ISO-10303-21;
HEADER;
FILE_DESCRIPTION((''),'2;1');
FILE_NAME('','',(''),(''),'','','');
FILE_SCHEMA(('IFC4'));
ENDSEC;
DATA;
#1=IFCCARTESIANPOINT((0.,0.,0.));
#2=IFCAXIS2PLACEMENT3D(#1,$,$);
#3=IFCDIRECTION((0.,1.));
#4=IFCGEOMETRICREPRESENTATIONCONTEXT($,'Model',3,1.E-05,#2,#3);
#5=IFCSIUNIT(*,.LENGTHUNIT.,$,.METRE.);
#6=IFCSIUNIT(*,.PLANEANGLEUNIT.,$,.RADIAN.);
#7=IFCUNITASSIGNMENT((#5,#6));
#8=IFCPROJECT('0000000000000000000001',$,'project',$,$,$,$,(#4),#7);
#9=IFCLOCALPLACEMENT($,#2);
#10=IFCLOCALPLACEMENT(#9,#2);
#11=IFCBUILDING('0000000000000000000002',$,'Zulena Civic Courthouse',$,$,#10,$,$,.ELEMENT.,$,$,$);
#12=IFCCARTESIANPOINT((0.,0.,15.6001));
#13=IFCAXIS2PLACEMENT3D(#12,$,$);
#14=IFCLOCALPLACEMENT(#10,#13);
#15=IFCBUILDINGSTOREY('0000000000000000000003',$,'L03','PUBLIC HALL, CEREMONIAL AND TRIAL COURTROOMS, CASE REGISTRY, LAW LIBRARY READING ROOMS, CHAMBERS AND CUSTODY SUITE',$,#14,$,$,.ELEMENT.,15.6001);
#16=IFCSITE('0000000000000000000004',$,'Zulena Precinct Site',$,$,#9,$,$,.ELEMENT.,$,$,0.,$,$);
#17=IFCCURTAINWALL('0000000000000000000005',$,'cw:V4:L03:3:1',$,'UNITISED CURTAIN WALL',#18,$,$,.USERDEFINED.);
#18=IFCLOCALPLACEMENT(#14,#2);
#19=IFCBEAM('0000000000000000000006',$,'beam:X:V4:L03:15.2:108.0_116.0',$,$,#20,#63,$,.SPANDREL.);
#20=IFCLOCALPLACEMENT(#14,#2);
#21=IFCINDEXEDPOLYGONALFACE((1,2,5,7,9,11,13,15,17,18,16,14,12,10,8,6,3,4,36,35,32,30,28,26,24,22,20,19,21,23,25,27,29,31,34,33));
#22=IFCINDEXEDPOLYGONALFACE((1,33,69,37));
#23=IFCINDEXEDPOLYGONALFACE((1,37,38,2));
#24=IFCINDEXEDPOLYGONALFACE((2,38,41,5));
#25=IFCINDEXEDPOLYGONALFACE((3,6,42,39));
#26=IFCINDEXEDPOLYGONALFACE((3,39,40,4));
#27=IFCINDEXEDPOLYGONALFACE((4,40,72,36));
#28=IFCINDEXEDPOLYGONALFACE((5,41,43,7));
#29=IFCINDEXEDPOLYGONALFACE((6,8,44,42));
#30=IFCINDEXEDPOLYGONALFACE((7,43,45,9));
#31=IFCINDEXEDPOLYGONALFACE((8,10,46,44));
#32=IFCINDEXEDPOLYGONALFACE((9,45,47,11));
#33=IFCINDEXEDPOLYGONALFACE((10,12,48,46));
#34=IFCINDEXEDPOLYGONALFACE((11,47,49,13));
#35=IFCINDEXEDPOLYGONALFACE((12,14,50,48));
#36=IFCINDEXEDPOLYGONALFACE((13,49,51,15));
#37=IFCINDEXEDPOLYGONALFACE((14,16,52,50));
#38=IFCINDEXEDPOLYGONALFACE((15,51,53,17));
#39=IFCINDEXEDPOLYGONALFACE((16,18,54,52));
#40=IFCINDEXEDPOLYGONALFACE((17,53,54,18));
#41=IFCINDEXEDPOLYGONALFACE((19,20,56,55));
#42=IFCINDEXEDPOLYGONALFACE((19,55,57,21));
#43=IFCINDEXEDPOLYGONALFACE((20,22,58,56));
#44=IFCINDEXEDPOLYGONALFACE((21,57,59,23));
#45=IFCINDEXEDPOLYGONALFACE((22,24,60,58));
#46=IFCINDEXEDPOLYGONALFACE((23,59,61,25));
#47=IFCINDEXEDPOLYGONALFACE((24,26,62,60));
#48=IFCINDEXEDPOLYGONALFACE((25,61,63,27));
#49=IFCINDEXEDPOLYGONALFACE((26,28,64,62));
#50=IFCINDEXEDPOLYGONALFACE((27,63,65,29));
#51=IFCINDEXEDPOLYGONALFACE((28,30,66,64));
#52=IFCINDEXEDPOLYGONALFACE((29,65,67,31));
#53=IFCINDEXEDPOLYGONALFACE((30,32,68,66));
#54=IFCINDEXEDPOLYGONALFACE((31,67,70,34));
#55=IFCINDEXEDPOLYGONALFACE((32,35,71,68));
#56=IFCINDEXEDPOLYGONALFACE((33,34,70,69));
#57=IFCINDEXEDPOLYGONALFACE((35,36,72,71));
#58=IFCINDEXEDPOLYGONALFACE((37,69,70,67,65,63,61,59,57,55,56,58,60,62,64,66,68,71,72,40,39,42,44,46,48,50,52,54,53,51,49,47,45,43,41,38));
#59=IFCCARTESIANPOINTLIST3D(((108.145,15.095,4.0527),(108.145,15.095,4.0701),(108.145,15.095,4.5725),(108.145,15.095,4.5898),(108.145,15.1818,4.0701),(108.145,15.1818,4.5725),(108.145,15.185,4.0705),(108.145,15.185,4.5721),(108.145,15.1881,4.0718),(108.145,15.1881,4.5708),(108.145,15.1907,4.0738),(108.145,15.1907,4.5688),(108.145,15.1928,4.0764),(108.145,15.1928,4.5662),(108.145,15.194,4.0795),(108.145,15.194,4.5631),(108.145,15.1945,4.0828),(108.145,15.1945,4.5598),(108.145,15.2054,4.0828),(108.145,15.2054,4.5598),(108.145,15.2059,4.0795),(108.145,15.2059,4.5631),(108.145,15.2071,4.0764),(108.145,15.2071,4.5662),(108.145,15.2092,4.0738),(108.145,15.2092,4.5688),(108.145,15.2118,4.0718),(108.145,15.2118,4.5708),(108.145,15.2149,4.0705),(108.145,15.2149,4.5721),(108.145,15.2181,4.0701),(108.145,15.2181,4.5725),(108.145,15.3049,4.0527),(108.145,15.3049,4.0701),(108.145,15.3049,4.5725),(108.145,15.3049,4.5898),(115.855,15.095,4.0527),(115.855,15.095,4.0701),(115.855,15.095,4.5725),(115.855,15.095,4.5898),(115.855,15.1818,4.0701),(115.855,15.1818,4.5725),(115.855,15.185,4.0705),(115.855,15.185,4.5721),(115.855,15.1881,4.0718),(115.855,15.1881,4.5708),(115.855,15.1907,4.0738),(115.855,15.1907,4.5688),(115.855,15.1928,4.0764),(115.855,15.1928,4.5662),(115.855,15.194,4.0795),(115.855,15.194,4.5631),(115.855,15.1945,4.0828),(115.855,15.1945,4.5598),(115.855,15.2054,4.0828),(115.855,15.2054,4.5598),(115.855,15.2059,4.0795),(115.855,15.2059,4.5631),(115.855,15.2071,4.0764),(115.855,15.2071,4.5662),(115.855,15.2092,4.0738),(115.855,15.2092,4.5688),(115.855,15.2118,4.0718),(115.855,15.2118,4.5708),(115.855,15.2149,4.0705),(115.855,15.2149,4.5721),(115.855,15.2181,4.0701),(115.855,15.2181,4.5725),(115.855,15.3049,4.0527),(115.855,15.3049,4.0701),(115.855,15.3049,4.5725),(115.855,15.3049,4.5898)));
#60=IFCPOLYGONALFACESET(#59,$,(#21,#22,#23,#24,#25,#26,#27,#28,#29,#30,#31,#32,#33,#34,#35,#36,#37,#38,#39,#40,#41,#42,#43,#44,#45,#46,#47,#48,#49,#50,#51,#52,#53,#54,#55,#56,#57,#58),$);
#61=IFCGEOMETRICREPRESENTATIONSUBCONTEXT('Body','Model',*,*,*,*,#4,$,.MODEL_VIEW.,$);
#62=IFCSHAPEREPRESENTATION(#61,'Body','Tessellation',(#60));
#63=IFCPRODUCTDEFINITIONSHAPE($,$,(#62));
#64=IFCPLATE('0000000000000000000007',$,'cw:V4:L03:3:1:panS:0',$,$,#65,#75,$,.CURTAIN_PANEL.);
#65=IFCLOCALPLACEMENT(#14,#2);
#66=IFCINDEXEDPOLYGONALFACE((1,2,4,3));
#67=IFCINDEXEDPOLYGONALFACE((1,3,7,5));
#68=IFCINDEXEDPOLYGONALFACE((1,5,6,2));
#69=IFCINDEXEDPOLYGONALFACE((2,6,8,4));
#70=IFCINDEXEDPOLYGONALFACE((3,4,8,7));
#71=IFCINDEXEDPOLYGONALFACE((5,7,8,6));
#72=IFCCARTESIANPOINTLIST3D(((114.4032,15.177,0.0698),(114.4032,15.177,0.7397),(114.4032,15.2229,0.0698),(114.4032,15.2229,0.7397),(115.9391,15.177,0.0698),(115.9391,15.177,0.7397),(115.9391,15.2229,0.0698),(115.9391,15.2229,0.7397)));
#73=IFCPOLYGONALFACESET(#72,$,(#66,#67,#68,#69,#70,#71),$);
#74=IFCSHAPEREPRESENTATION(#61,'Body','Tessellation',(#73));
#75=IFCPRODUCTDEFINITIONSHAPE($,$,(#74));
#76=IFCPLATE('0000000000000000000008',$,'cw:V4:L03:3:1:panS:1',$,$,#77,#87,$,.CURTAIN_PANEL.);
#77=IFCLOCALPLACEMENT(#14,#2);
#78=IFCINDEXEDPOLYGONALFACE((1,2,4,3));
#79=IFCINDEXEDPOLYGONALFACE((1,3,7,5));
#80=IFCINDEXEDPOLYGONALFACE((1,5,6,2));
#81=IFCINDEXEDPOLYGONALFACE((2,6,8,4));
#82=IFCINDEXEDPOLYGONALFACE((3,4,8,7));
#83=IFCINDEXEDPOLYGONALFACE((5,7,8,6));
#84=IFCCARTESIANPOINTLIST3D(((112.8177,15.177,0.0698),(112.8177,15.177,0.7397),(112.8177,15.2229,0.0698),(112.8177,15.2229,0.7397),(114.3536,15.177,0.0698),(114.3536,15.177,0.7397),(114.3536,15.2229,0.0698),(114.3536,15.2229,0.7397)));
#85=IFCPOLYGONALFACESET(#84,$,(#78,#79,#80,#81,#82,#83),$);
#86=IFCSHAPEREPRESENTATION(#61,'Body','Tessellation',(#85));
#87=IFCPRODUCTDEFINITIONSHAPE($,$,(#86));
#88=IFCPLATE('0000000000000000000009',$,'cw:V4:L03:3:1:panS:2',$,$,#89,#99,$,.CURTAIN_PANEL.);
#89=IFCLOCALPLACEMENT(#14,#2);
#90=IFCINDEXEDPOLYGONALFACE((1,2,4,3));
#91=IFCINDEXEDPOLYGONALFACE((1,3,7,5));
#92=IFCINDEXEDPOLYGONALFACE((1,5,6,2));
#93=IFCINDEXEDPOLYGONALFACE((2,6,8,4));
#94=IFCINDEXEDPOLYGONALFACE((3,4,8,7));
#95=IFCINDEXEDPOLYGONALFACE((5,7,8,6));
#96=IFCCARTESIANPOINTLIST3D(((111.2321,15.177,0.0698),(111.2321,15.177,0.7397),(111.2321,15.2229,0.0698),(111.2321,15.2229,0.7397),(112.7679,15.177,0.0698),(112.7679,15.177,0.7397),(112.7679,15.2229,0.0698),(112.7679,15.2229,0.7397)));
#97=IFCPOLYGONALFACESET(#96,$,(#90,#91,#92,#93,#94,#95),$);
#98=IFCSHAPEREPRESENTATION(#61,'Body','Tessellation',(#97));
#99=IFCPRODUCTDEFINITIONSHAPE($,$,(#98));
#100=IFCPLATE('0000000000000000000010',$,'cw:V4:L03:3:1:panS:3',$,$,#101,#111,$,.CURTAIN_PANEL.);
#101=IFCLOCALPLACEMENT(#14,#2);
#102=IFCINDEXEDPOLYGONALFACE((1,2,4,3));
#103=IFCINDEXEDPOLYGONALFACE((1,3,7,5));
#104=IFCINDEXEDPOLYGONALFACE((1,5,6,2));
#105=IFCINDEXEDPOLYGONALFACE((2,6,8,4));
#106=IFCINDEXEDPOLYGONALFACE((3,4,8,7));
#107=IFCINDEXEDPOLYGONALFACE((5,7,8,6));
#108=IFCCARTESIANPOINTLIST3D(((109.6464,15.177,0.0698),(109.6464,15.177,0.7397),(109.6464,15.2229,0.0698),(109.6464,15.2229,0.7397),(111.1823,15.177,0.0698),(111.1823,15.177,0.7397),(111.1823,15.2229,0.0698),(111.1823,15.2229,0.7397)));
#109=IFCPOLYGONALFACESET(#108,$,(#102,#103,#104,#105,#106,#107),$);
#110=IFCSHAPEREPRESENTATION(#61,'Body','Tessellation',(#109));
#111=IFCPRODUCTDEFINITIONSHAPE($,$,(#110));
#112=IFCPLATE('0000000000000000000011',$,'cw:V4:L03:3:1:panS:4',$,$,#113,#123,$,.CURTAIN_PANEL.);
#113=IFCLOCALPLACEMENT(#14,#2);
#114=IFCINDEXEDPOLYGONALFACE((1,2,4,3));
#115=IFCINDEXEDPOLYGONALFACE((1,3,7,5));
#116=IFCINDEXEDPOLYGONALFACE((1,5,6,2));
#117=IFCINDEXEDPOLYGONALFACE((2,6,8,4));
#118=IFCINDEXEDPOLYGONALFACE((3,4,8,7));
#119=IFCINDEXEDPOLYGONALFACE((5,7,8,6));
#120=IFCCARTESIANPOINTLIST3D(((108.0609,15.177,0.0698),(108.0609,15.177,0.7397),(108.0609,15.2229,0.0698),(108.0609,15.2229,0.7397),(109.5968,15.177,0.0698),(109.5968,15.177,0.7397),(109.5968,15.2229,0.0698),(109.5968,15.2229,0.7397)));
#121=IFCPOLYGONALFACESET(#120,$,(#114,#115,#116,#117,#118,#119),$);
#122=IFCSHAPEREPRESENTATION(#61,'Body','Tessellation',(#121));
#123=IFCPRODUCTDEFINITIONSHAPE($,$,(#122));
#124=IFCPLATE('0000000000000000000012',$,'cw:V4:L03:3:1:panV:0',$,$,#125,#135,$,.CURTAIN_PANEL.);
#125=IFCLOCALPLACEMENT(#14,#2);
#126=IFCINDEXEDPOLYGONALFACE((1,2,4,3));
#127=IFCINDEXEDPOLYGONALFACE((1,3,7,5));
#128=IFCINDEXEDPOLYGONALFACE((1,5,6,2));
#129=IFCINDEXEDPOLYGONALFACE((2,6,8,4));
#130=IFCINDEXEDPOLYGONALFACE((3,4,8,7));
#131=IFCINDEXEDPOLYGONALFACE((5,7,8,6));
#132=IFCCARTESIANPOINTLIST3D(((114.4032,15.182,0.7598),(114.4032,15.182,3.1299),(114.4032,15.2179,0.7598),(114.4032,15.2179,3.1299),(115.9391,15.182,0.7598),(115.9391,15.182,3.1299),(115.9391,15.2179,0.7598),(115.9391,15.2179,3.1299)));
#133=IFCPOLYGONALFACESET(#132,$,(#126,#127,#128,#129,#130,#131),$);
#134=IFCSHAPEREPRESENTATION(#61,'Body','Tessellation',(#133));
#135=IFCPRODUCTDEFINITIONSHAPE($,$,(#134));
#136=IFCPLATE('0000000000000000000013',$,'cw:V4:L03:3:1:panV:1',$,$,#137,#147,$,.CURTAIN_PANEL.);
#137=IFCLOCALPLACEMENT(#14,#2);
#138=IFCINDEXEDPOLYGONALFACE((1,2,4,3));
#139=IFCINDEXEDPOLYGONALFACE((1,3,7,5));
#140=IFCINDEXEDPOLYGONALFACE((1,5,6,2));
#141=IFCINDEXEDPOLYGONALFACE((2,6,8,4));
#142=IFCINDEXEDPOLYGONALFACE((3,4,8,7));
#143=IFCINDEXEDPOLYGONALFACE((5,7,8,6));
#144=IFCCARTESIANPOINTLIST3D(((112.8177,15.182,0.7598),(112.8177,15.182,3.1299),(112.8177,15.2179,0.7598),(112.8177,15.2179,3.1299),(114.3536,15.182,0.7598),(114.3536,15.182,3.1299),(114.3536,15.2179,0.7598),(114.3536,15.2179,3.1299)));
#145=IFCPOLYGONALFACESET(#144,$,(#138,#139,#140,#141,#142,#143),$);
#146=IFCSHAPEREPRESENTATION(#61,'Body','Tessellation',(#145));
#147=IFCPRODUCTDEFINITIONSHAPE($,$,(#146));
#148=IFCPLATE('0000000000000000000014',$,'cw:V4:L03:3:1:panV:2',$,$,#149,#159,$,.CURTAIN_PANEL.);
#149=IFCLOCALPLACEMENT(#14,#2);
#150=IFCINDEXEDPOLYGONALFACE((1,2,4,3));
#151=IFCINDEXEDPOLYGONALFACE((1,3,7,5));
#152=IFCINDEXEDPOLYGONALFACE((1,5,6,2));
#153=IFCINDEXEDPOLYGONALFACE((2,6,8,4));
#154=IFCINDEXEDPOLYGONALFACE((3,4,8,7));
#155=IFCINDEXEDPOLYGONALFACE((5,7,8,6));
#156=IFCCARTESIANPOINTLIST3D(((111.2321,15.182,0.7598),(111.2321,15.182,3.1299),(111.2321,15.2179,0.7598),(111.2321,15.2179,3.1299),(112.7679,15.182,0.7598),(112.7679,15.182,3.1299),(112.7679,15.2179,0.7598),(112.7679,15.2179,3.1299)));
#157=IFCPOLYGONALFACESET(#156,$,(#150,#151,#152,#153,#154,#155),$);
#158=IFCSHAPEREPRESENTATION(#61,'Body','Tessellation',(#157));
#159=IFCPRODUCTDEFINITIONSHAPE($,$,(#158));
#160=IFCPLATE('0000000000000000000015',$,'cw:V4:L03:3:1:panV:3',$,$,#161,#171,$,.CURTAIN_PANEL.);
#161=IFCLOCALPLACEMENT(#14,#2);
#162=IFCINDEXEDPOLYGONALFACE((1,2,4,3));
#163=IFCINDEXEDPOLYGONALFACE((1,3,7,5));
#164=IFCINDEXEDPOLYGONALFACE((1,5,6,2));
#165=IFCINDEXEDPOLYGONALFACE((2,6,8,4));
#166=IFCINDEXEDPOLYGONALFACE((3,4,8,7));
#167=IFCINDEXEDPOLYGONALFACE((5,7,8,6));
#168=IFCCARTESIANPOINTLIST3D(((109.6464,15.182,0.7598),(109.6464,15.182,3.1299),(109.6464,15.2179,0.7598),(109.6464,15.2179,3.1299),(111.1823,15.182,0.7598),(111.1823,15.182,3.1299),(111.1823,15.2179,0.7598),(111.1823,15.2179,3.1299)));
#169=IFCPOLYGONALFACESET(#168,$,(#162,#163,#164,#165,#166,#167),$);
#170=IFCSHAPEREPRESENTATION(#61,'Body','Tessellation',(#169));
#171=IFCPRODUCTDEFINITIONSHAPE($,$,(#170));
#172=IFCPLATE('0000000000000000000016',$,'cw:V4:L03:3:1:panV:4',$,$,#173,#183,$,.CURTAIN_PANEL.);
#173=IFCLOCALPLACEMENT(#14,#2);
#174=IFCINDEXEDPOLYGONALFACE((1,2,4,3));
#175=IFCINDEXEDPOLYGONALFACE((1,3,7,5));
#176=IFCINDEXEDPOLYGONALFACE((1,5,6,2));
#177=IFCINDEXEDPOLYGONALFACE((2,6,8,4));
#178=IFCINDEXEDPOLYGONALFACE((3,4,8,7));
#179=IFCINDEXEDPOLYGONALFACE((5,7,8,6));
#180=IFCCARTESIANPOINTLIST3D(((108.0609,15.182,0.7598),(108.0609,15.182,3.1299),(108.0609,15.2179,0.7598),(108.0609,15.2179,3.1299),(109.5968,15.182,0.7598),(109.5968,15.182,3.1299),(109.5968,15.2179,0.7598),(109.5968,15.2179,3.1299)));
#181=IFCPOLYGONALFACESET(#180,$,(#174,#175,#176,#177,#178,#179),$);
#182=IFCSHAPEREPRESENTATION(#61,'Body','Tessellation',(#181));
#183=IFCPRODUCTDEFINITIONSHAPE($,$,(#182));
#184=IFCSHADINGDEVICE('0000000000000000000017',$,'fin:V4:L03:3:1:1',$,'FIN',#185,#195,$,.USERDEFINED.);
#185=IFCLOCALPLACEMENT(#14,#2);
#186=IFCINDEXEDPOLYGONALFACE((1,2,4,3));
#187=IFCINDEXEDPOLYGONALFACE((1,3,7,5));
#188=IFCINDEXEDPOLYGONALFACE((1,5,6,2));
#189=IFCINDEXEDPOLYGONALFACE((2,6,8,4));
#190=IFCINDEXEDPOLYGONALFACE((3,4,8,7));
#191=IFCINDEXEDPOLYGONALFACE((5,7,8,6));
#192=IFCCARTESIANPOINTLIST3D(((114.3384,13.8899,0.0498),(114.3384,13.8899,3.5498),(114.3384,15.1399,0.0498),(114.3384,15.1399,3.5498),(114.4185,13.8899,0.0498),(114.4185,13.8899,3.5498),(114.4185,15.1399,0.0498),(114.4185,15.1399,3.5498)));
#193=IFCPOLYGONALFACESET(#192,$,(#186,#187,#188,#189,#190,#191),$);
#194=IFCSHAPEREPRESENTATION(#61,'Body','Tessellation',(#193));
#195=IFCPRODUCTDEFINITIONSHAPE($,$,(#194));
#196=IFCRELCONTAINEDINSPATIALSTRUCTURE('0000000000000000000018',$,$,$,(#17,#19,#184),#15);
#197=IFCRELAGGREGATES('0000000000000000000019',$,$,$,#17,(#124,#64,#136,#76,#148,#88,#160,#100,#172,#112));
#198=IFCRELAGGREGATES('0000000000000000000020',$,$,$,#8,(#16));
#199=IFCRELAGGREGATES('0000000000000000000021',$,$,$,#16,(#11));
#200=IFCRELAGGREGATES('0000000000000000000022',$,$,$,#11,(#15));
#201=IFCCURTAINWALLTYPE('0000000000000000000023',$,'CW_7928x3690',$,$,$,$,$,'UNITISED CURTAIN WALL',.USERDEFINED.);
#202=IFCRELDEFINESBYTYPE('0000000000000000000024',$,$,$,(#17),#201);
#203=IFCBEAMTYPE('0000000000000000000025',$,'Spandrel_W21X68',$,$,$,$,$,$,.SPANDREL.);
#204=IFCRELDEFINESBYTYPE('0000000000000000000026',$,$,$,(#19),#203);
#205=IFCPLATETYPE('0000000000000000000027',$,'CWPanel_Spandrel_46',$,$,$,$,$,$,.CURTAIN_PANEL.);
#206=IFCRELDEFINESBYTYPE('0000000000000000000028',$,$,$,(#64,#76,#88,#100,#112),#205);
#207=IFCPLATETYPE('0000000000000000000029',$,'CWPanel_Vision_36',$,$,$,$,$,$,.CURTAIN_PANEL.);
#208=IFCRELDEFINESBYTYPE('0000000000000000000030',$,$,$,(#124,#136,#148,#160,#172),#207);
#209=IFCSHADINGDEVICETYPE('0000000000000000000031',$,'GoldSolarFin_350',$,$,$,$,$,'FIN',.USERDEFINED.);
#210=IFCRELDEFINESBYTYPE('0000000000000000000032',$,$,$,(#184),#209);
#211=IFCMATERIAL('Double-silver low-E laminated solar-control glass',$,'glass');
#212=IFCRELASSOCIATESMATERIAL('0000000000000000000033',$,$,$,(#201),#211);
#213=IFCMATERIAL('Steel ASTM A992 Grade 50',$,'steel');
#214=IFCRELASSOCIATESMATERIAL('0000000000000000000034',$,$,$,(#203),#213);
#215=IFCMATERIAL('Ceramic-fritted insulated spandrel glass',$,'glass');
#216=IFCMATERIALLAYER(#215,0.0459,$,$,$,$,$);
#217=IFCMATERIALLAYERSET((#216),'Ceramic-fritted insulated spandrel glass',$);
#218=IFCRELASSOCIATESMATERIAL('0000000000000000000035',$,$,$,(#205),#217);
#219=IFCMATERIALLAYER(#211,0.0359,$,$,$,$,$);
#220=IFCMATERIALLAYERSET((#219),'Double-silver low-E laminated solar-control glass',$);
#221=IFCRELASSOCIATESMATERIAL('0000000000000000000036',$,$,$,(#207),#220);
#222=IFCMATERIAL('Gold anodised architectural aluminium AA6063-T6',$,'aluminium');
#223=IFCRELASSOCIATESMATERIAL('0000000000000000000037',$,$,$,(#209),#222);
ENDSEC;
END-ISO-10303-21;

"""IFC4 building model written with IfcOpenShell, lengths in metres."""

from ifc_helpers import new_model, si_unit, direction, frame, origin, origin_2d, place, context, subcontext, project, spatial, rectangle, i_section, extrude, material, layer, layer_set, material_profile, profile_set, type_object, element, aggregate, save


model = new_model("IFC4")

# Units and contexts
model_context = context("Model", 3, precision=1e-05, world=origin(), true_north=direction((0.0, 1.0)))
body_context = subcontext(model_context, "Body", "Model", "MODEL_VIEW")
ifc_project = project(units=[si_unit("LENGTHUNIT", "METRE"), si_unit("PLANEANGLEUNIT", "RADIAN")], contexts=[model_context])

# Site, building, storey
site_placement = place(None, origin())
site = spatial("IfcSite", under=ifc_project, at=site_placement, Name="Zulena Precinct Site", CompositionType="ELEMENT", RefElevation=0.0)
building_placement = place(site_placement, origin())
building = spatial("IfcBuilding", under=site, at=building_placement, Name="Zulena Civic Courthouse", CompositionType="ELEMENT")
storey_placement = place(building_placement, frame((0.0, 0.0, 15.6001)))
storey = spatial("IfcBuildingStorey", under=building, at=storey_placement, Name="L03", Description="PUBLIC HALL, CEREMONIAL AND TRIAL COURTROOMS, CASE REGISTRY, LAW LIBRARY READING ROOMS, CHAMBERS AND CUSTODY SUITE", CompositionType="ELEMENT", Elevation=15.6001)

# Curtain wall
ifc_material_1 = material(Name="Double-silver low-E laminated solar-control glass", Category="glass")
curtain_wall_type = type_object("IfcCurtainWallType", Name="CW_7928x3690", ElementType="UNITISED CURTAIN WALL", PredefinedType="USERDEFINED", material=ifc_material_1)
curtain_wall_placement = place(storey_placement, origin())
curtain_wall = element("IfcCurtainWall", 1, at=curtain_wall_placement, inside=storey, type_object=curtain_wall_type, Name="cw:V4:L03:3:1", ObjectType="UNITISED CURTAIN WALL", PredefinedType="USERDEFINED")

# Beam
ifc_material_2 = material(Name="Steel ASTM A992 Grade 50", Category="steel")
ifc_material_profile_1 = material_profile(ifc_material_2, i_section(OverallWidth=0.21, OverallDepth=0.5371, WebThickness=0.011, FlangeThickness=0.0173, FilletRadius=0.0127, at=origin_2d()), Name="W21X68")
ifc_profile_set_1 = profile_set([ifc_material_profile_1], Name="Steel ASTM A992 Grade 50")
beam_type = type_object("IfcBeamType", Name="Spandrel_W21X68", PredefinedType="SPANDREL", material=ifc_profile_set_1)
beam_placement = place(storey_placement, frame((108.145, 15.2, 4.3213), z_axis=(1.0, 0.0, 0.0), x_axis=(0.0, 1.0, 0.0)))
element("IfcBeam", 2, at=beam_placement, inside=storey, type_object=beam_type, Name="beam:X:V4:L03:15.2:108.0_116.0", PredefinedType="SPANDREL", context=body_context, shape_type="SweptSolid", body=[
    extrude(i_section(OverallWidth=0.21, OverallDepth=0.5371, WebThickness=0.011, FlangeThickness=0.0173, FilletRadius=0.0127, at=origin_2d()), origin(), (0.0, 0.0, 1.0), 7.71),
])

# Plates
ifc_material_3 = material(Name="Ceramic-fritted insulated spandrel glass", Category="glass")
ifc_layer_1 = layer(ifc_material_3, 0.0459)
ifc_layer_set_1 = layer_set([ifc_layer_1], Name="Ceramic-fritted insulated spandrel glass")
plate_type_1 = type_object("IfcPlateType", Name="CWPanel_Spandrel_46", PredefinedType="CURTAIN_PANEL", material=ifc_layer_set_1)
plate_1_placement = place(storey_placement, frame((115.1711, 15.2, 0.0698), z_axis=(0.0, 0.0, 1.0), x_axis=(-1.0, 0.0, 0.0)))
plate_1 = element("IfcPlate", 3, at=plate_1_placement, type_object=plate_type_1, Name="cw:V4:L03:3:1:panS:0", PredefinedType="CURTAIN_PANEL", context=body_context, shape_type="SweptSolid", body=[
    extrude(rectangle(XDim=1.5359, YDim=0.0459, at=origin_2d()), origin(), (0.0, 0.0, 1.0), 0.6699),
])
plate_2_placement = place(storey_placement, frame((113.5857, 15.2, 0.0698), z_axis=(0.0, 0.0, 1.0), x_axis=(-1.0, 0.0, 0.0)))
plate_2 = element("IfcPlate", 4, at=plate_2_placement, type_object=plate_type_1, Name="cw:V4:L03:3:1:panS:1", PredefinedType="CURTAIN_PANEL", context=body_context, shape_type="SweptSolid", body=[
    extrude(rectangle(XDim=1.5359, YDim=0.0459, at=origin_2d()), origin(), (0.0, 0.0, 1.0), 0.6699),
])
plate_3_placement = place(storey_placement, frame((112.0, 15.2, 0.0698), z_axis=(0.0, 0.0, 1.0), x_axis=(-1.0, 0.0, 0.0)))
plate_3 = element("IfcPlate", 5, at=plate_3_placement, type_object=plate_type_1, Name="cw:V4:L03:3:1:panS:2", PredefinedType="CURTAIN_PANEL", context=body_context, shape_type="SweptSolid", body=[
    extrude(rectangle(XDim=1.5359, YDim=0.0459, at=origin_2d()), origin(), (0.0, 0.0, 1.0), 0.6699),
])
plate_4_placement = place(storey_placement, frame((110.4143, 15.2, 0.0698), z_axis=(0.0, 0.0, 1.0), x_axis=(-1.0, 0.0, 0.0)))
plate_4 = element("IfcPlate", 6, at=plate_4_placement, type_object=plate_type_1, Name="cw:V4:L03:3:1:panS:3", PredefinedType="CURTAIN_PANEL", context=body_context, shape_type="SweptSolid", body=[
    extrude(rectangle(XDim=1.5359, YDim=0.0459, at=origin_2d()), origin(), (0.0, 0.0, 1.0), 0.6699),
])
plate_5_placement = place(storey_placement, frame((108.8289, 15.2, 0.0698), z_axis=(0.0, 0.0, 1.0), x_axis=(-1.0, 0.0, 0.0)))
plate_5 = element("IfcPlate", 7, at=plate_5_placement, type_object=plate_type_1, Name="cw:V4:L03:3:1:panS:4", PredefinedType="CURTAIN_PANEL", context=body_context, shape_type="SweptSolid", body=[
    extrude(rectangle(XDim=1.5359, YDim=0.0459, at=origin_2d()), origin(), (0.0, 0.0, 1.0), 0.6699),
])
ifc_layer_2 = layer(ifc_material_1, 0.0359)
ifc_layer_set_2 = layer_set([ifc_layer_2], Name="Double-silver low-E laminated solar-control glass")
plate_type_2 = type_object("IfcPlateType", Name="CWPanel_Vision_36", PredefinedType="CURTAIN_PANEL", material=ifc_layer_set_2)
plate_6_placement = place(storey_placement, frame((115.1711, 15.2, 0.7598), z_axis=(0.0, 0.0, 1.0), x_axis=(-1.0, 0.0, 0.0)))
plate_6 = element("IfcPlate", 8, at=plate_6_placement, type_object=plate_type_2, Name="cw:V4:L03:3:1:panV:0", PredefinedType="CURTAIN_PANEL", context=body_context, shape_type="SweptSolid", body=[
    extrude(rectangle(XDim=1.5359, YDim=0.0359, at=origin_2d()), origin(), (0.0, 0.0, 1.0), 2.3701),
])
plate_7_placement = place(storey_placement, frame((113.5857, 15.2, 0.7598), z_axis=(0.0, 0.0, 1.0), x_axis=(-1.0, 0.0, 0.0)))
plate_7 = element("IfcPlate", 9, at=plate_7_placement, type_object=plate_type_2, Name="cw:V4:L03:3:1:panV:1", PredefinedType="CURTAIN_PANEL", context=body_context, shape_type="SweptSolid", body=[
    extrude(rectangle(XDim=1.5359, YDim=0.0359, at=origin_2d()), origin(), (0.0, 0.0, 1.0), 2.3701),
])
plate_8_placement = place(storey_placement, frame((112.0, 15.2, 0.7598), z_axis=(0.0, 0.0, 1.0), x_axis=(-1.0, 0.0, 0.0)))
plate_8 = element("IfcPlate", 10, at=plate_8_placement, type_object=plate_type_2, Name="cw:V4:L03:3:1:panV:2", PredefinedType="CURTAIN_PANEL", context=body_context, shape_type="SweptSolid", body=[
    extrude(rectangle(XDim=1.5359, YDim=0.0359, at=origin_2d()), origin(), (0.0, 0.0, 1.0), 2.3701),
])
plate_9_placement = place(storey_placement, frame((110.4143, 15.2, 0.7598), z_axis=(0.0, 0.0, 1.0), x_axis=(-1.0, 0.0, 0.0)))
plate_9 = element("IfcPlate", 11, at=plate_9_placement, type_object=plate_type_2, Name="cw:V4:L03:3:1:panV:3", PredefinedType="CURTAIN_PANEL", context=body_context, shape_type="SweptSolid", body=[
    extrude(rectangle(XDim=1.5359, YDim=0.0359, at=origin_2d()), origin(), (0.0, 0.0, 1.0), 2.3701),
])
plate_10_placement = place(storey_placement, frame((108.8289, 15.2, 0.7598), z_axis=(0.0, 0.0, 1.0), x_axis=(-1.0, 0.0, 0.0)))
plate_10 = element("IfcPlate", 12, at=plate_10_placement, type_object=plate_type_2, Name="cw:V4:L03:3:1:panV:4", PredefinedType="CURTAIN_PANEL", context=body_context, shape_type="SweptSolid", body=[
    extrude(rectangle(XDim=1.5359, YDim=0.0359, at=origin_2d()), origin(), (0.0, 0.0, 1.0), 2.3701),
])
aggregate(curtain_wall, [plate_6, plate_1, plate_7, plate_2, plate_8, plate_3, plate_9, plate_4, plate_10, plate_5])

# Shading device
ifc_material_4 = material(Name="Gold anodised architectural aluminium AA6063-T6", Category="aluminium")
shading_device_type = type_object("IfcShadingDeviceType", Name="GoldSolarFin_350", ElementType="FIN", PredefinedType="USERDEFINED", material=ifc_material_4)
for number, where, z_axis, x_axis, name in (
    (13, (114.3784, 14.5149, 0.0498), (0.0, 0.0, 1.0), (0.0, -1.0, 0.0), "fin:V4:L03:3:1:1"),
):
    element("IfcShadingDevice", number, at=place(storey_placement, frame(where, z_axis=z_axis, x_axis=x_axis)), inside=storey, type_object=shading_device_type, Name=name, ObjectType="FIN", PredefinedType="USERDEFINED", context=body_context, shape_type="SweptSolid", body=[
        extrude(rectangle(XDim=1.25, YDim=0.0801, at=origin_2d()), origin(), (0.0, 0.0, 1.0), 3.5),
    ])

save(model, "model.ifc")
